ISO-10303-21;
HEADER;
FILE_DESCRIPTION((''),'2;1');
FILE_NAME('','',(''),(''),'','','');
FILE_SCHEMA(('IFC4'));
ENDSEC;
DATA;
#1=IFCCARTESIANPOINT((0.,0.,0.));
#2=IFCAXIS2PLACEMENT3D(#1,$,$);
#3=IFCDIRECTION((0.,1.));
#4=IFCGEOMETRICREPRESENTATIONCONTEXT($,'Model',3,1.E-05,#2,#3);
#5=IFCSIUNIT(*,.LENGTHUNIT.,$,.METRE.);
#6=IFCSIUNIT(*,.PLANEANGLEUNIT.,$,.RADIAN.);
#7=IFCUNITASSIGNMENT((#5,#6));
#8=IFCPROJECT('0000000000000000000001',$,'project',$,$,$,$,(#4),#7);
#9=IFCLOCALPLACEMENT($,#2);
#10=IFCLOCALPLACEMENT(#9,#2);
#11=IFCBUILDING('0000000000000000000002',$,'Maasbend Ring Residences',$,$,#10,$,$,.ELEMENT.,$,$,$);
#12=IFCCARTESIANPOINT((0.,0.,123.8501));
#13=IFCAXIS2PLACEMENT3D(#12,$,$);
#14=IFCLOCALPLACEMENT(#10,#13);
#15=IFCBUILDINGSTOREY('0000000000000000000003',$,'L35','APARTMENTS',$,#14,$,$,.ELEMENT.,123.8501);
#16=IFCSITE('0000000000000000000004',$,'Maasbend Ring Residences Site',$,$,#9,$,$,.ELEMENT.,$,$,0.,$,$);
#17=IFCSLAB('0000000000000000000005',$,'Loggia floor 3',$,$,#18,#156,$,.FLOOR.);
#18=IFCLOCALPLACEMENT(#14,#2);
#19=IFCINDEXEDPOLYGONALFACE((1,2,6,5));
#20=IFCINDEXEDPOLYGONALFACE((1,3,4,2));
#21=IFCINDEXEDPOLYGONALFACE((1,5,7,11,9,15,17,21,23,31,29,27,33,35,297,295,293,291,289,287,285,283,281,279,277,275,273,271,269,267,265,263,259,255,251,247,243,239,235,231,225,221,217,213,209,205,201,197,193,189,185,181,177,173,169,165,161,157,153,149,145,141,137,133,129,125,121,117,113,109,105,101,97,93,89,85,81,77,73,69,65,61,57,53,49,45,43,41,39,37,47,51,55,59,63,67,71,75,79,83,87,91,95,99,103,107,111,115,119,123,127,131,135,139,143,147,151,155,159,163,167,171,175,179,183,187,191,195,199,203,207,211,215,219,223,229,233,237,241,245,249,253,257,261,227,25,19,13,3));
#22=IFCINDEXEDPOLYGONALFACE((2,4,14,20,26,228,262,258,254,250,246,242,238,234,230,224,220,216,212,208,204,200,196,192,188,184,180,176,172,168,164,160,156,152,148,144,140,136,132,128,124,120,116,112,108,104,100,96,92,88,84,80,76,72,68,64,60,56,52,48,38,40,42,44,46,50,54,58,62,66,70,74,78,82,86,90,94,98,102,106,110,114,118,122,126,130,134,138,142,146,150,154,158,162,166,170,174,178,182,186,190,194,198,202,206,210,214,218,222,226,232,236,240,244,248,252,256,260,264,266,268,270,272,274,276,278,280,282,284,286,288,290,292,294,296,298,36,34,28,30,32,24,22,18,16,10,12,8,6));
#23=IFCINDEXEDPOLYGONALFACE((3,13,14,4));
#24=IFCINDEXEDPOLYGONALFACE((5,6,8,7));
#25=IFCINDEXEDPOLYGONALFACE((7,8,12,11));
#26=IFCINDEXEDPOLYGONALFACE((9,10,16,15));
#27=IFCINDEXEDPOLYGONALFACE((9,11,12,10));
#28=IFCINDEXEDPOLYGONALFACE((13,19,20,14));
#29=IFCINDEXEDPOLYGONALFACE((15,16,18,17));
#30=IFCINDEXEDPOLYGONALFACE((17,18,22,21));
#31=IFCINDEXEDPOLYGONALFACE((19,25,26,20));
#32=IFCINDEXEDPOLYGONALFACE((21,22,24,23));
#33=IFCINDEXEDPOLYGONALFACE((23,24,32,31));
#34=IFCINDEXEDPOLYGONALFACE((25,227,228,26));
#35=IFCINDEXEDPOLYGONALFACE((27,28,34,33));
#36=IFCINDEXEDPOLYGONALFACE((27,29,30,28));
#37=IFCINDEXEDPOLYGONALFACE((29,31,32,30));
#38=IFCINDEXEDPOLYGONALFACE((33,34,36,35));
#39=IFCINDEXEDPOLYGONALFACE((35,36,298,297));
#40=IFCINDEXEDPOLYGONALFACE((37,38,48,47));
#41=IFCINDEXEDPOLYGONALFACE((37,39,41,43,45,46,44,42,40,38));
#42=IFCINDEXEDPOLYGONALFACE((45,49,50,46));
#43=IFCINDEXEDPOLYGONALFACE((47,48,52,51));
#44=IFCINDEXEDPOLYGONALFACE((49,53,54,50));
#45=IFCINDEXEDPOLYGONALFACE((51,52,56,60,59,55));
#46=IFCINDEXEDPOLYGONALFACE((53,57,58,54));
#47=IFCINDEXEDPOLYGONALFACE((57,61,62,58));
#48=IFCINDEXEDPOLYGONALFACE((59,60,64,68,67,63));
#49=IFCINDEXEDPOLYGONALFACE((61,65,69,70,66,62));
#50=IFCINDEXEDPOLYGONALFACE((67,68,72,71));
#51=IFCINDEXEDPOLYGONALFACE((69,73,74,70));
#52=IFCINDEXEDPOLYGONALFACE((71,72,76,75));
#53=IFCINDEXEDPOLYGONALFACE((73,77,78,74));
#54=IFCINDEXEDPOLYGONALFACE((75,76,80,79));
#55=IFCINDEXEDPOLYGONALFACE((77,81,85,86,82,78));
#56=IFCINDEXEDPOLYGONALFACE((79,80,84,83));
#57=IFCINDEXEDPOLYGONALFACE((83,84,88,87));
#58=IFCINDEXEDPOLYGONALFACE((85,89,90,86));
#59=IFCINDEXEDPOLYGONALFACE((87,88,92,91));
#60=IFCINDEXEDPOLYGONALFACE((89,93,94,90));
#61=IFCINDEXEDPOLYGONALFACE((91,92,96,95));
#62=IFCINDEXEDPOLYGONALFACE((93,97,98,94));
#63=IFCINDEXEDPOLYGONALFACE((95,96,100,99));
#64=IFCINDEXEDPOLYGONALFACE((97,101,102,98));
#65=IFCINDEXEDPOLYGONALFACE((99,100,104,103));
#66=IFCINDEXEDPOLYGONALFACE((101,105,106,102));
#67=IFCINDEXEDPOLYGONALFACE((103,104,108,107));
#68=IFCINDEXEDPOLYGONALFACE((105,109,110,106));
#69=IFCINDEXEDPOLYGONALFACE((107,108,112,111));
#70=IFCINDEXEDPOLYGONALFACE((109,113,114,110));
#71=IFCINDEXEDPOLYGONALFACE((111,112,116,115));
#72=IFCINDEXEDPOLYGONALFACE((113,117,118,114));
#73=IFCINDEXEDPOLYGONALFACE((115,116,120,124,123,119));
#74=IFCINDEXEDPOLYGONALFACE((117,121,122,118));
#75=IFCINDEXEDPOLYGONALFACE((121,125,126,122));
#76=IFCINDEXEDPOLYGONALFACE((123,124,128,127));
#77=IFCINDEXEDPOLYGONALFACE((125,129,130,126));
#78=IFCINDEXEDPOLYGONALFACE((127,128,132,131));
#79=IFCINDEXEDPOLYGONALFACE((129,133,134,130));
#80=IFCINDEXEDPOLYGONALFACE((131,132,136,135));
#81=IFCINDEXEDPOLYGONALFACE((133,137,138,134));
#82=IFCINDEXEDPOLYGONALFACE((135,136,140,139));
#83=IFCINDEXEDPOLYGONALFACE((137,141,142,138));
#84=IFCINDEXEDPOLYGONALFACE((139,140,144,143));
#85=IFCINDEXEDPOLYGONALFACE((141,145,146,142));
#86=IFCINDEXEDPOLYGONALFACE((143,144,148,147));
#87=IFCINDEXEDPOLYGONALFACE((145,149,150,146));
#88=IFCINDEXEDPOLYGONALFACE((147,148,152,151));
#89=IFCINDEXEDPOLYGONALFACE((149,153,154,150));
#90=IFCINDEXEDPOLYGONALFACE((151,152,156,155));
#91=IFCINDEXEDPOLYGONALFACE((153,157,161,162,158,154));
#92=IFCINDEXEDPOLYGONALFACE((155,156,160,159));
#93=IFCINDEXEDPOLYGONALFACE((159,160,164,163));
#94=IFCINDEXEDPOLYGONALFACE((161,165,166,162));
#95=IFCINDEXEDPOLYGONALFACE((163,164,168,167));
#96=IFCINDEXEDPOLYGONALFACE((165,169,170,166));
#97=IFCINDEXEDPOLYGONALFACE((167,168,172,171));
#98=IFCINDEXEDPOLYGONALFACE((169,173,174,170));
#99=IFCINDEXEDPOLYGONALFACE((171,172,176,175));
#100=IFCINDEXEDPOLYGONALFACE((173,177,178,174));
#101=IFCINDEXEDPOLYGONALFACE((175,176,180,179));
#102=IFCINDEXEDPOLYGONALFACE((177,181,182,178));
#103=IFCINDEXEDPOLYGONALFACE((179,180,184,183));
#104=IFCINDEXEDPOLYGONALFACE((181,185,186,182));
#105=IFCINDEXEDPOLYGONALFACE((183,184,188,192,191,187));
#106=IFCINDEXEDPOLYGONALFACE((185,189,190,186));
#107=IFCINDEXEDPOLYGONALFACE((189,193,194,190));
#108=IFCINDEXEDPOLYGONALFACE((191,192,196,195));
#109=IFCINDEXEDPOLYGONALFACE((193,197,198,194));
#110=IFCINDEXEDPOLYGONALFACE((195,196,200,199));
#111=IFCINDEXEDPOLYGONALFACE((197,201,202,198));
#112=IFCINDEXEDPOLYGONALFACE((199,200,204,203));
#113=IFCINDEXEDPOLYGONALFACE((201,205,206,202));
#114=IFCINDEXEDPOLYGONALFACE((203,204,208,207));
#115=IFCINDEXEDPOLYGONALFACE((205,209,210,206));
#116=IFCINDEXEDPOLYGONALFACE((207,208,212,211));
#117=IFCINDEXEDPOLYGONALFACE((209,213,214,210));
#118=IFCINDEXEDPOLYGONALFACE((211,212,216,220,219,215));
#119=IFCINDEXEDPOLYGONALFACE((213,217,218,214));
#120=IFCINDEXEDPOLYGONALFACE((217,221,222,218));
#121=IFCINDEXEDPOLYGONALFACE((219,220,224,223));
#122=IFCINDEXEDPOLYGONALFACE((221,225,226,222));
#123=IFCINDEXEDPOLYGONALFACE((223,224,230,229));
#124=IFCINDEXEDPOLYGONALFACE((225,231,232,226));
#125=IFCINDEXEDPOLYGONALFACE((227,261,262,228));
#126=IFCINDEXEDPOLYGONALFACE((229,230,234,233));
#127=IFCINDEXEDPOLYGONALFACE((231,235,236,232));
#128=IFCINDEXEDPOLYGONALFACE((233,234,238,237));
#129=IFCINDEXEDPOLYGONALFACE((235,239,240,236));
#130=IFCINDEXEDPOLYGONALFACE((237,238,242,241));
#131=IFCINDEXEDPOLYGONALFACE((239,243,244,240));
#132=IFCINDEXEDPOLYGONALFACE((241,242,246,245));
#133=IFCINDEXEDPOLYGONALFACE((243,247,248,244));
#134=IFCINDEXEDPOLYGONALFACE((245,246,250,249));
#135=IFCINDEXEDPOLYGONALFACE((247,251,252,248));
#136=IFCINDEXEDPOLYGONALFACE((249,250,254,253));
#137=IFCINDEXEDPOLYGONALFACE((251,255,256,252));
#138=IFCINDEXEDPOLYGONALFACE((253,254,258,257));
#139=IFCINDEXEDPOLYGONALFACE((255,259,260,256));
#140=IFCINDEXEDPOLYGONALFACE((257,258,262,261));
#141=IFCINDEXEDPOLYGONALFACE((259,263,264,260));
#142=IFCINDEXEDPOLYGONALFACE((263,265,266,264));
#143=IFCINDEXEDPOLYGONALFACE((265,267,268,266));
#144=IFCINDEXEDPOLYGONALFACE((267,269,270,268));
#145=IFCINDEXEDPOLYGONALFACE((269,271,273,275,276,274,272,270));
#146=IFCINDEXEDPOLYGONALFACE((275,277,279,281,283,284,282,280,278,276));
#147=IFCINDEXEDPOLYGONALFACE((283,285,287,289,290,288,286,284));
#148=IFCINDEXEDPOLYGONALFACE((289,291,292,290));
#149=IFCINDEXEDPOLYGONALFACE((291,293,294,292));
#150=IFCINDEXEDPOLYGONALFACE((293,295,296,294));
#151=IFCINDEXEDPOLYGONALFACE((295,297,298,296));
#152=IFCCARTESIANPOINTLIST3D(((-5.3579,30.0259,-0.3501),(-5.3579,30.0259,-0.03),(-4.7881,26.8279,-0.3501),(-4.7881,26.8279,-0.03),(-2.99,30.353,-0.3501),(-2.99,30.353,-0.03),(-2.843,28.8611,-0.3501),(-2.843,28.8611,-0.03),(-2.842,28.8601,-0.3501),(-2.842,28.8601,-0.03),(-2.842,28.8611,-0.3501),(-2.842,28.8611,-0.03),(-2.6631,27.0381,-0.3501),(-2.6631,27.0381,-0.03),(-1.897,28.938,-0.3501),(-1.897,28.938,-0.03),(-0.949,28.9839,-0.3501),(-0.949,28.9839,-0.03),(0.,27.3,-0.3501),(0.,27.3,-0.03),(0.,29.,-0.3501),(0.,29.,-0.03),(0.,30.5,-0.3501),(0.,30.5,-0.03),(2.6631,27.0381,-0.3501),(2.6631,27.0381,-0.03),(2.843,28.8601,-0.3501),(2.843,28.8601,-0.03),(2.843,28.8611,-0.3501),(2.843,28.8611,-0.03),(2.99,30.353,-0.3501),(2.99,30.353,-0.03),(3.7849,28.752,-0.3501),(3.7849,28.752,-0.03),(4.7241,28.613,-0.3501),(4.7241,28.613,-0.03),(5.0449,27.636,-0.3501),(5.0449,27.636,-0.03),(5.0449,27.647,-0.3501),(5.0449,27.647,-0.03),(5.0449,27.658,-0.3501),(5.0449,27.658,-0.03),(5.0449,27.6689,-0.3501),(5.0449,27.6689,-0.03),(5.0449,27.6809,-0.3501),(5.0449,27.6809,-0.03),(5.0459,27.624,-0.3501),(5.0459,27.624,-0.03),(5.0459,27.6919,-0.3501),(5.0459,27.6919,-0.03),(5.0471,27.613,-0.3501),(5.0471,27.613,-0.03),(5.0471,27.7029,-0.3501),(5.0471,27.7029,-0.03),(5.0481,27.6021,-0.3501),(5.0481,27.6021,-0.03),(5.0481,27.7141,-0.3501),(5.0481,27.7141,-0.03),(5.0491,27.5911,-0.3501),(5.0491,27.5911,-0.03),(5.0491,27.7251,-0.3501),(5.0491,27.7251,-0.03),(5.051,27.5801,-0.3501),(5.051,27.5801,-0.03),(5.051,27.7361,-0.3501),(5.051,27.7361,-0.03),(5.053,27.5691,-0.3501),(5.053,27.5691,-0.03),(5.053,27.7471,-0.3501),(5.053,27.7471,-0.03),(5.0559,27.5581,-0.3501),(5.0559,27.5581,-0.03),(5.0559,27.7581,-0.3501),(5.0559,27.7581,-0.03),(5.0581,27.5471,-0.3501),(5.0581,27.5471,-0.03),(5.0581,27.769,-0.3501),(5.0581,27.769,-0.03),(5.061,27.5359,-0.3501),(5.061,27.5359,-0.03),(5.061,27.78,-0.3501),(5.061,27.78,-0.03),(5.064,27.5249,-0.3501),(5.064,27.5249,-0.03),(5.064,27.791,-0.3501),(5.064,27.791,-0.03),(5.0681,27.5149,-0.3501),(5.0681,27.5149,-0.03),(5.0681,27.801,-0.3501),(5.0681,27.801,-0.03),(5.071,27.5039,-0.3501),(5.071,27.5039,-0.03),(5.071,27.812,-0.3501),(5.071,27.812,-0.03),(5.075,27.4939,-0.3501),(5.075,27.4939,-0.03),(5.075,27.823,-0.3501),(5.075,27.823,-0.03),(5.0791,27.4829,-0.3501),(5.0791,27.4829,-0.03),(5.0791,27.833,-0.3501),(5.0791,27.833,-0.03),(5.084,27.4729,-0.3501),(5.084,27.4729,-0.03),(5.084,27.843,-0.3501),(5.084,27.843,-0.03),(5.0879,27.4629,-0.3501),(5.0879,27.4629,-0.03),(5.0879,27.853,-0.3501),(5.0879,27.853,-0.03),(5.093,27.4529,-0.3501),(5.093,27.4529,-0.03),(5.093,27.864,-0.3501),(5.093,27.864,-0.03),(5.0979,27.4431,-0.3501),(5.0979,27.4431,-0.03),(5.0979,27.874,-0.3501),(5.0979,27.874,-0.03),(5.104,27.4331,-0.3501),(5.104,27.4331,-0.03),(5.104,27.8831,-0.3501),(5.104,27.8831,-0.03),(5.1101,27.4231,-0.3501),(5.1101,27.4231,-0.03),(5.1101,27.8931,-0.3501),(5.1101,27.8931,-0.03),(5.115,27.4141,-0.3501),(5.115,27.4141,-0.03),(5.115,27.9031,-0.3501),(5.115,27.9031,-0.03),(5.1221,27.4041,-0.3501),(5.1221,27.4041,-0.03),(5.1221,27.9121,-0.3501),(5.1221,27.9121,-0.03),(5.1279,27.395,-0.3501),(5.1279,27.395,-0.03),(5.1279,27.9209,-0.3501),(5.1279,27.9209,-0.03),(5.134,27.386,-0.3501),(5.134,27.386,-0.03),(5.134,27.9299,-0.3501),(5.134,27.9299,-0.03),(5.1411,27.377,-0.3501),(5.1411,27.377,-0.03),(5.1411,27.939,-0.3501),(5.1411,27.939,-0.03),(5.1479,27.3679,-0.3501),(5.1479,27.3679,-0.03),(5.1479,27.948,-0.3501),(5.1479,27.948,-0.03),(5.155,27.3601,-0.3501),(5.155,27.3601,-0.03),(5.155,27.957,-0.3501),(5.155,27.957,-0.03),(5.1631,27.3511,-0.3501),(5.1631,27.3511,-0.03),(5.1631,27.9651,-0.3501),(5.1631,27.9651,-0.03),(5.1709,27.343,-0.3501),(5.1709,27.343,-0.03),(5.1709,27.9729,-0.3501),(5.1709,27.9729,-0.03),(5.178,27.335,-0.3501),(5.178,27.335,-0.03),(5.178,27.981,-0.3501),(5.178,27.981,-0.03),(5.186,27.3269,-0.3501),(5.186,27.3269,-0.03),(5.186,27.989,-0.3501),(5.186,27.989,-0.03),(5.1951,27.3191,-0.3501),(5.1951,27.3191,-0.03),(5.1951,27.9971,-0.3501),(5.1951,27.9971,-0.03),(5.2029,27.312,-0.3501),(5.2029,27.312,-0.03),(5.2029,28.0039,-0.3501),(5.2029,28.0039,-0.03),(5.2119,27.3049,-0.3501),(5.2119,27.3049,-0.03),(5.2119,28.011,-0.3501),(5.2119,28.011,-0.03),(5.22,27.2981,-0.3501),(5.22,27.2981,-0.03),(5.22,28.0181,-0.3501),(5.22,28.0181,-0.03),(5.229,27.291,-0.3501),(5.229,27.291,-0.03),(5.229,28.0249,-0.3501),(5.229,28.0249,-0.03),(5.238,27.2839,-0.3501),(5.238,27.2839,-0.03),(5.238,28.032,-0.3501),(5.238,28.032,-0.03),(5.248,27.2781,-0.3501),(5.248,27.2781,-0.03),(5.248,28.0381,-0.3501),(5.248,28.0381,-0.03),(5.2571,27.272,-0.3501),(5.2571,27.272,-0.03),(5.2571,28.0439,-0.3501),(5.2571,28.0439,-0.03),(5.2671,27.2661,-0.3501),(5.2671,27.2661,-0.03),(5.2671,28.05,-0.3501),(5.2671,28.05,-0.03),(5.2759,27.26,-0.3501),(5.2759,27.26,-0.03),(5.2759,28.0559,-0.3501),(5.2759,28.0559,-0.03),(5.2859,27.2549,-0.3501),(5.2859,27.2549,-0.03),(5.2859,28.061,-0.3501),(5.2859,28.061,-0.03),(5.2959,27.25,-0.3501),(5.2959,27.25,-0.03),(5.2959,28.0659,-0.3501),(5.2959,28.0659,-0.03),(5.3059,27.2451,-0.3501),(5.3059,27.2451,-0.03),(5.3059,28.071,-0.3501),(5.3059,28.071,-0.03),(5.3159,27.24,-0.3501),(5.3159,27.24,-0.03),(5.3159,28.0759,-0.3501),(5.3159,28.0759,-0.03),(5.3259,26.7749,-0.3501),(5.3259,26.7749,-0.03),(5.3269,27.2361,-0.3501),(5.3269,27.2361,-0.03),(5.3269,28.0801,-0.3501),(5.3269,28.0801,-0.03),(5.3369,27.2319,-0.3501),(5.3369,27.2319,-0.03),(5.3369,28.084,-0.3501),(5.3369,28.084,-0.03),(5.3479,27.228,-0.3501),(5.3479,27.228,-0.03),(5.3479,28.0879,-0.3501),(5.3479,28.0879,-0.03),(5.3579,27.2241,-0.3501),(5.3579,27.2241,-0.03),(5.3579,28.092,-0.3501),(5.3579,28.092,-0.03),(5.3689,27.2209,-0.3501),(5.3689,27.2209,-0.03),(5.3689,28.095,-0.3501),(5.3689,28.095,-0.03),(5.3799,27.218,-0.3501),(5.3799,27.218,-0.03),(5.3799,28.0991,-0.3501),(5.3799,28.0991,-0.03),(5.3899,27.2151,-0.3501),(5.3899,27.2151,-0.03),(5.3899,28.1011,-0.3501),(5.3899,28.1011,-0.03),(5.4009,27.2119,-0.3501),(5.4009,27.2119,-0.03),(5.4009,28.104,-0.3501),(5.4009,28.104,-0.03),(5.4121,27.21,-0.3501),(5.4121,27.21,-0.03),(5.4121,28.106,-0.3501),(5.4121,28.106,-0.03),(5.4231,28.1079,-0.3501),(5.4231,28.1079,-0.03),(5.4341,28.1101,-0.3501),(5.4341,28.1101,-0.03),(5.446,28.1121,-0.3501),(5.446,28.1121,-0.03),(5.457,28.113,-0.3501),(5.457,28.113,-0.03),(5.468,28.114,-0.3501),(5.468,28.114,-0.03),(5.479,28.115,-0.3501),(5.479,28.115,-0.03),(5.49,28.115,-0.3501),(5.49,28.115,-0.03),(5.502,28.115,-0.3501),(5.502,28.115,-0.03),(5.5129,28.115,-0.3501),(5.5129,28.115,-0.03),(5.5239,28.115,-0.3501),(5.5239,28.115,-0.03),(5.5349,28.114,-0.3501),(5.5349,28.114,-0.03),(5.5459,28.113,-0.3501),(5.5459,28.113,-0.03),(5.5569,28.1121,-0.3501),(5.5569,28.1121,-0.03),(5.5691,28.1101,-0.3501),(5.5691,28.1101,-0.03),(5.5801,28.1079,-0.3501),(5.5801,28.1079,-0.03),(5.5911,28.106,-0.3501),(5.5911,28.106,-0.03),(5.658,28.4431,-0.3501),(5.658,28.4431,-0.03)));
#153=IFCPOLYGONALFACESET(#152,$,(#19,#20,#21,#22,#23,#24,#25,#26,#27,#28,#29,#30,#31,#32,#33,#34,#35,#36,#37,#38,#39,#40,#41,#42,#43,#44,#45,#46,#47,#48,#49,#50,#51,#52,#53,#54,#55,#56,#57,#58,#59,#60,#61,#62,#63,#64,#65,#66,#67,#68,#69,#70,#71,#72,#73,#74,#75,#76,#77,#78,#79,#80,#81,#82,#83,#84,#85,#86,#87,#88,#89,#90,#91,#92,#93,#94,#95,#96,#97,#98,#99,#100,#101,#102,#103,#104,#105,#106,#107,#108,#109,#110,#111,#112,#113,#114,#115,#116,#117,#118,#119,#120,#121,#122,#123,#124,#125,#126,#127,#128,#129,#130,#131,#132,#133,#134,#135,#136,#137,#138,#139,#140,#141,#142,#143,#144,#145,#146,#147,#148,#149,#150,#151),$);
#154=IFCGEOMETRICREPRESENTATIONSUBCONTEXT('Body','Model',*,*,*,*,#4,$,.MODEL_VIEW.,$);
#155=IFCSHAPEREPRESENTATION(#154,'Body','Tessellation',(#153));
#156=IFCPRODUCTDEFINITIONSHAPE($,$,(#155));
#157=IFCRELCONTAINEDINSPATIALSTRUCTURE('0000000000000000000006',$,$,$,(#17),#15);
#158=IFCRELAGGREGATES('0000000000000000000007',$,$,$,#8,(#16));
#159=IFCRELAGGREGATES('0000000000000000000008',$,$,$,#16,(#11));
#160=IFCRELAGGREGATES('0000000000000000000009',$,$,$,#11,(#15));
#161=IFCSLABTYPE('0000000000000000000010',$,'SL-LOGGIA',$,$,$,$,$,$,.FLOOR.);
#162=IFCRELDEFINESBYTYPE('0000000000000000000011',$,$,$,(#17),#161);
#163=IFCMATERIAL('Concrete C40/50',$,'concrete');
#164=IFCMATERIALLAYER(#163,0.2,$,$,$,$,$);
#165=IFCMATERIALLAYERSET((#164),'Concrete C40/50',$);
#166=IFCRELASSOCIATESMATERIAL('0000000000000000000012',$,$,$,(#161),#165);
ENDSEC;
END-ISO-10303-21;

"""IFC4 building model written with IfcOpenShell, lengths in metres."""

from ifc_helpers import new_model, si_unit, direction, frame, origin, place, context, subcontext, project, spatial, polyline, outline, extrude, material, layer, layer_set, type_object, element, save


model = new_model("IFC4")

# Units and contexts
model_context = context("Model", 3, precision=1e-05, world=origin(), true_north=direction((0.0, 1.0)))
body_context = subcontext(model_context, "Body", "Model", "MODEL_VIEW")
ifc_project = project(units=[si_unit("LENGTHUNIT", "METRE"), si_unit("PLANEANGLEUNIT", "RADIAN")], contexts=[model_context])

# Site, building, storey
site_placement = place(None, origin())
site = spatial("IfcSite", under=ifc_project, at=site_placement, Name="Maasbend Ring Residences Site", CompositionType="ELEMENT", RefElevation=0.0)
building_placement = place(site_placement, origin())
building = spatial("IfcBuilding", under=site, at=building_placement, Name="Maasbend Ring Residences", CompositionType="ELEMENT")
storey_placement = place(building_placement, frame((0.0, 0.0, 123.8501)))
storey = spatial("IfcBuildingStorey", under=building, at=storey_placement, Name="L35", Description="APARTMENTS", CompositionType="ELEMENT", Elevation=123.8501)

# Slab
ifc_material_1 = material(Name="Concrete C40/50", Category="concrete")
ifc_layer_1 = layer(ifc_material_1, 0.2)
ifc_layer_set_1 = layer_set([ifc_layer_1], Name="Concrete C40/50")
slab_type_1 = type_object("IfcSlabType", Name="SL-LOGGIA", PredefinedType="FLOOR", material=ifc_layer_set_1)
slab_1_placement = place(storey_placement, frame((0.0, 0.0, -0.3501)))
element("IfcSlab", 1, at=slab_1_placement, inside=storey, type_object=slab_type_1, Name="Loggia floor 3", PredefinedType="FLOOR", context=body_context, shape_type="SweptSolid", body=[
    extrude(outline(polyline([(-2.843, 28.8611), (-2.843, 28.8611), (-2.843, 28.8611), (-2.843, 28.8611), (-2.842, 28.8611), (-2.842, 28.8611), (-2.842, 28.8611), (-2.842, 28.8611), (-2.842, 28.8611), (-2.842, 28.8601), (-2.842, 28.8601), (-2.842, 28.8601), (-2.842, 28.8601), (-2.842, 28.8601), (-2.842, 28.8601), (-2.842, 28.8601), (-2.842, 28.8601), (-1.897, 28.938), (-1.897, 28.938), (-0.949, 28.9839), (-0.949, 28.9839), (0.0, 29.0), (0.0, 29.0), (0.0, 29.0), (0.0, 29.0), (0.0, 29.0), (0.0, 29.0), (0.0, 29.0), (0.0, 29.0), (0.0, 29.0), (0.0, 29.0), (0.0, 29.0), (0.0, 29.0), (0.0, 29.0), (0.0, 29.0), (0.0, 29.0), (0.0, 29.0), (0.0, 29.0), (0.0, 30.5), (0.0, 30.5), (0.0, 30.5), (2.99, 30.353), (2.99, 30.353), (2.99, 30.353), (2.843, 28.8611), (2.843, 28.8611), (2.843, 28.8611), (2.843, 28.8611), (2.843, 28.8611), (2.843, 28.8611), (2.843, 28.8611), (2.843, 28.8611), (2.843, 28.8601), (2.843, 28.8601), (2.843, 28.8601), (2.843, 28.8601), (2.843, 28.8601), (2.843, 28.8601), (2.843, 28.8601), (2.843, 28.8601), (2.843, 28.8601), (3.7849, 28.752), (3.7849, 28.752), (4.7241, 28.613), (4.7241, 28.613), (5.658, 28.4431), (5.658, 28.4431), (5.658, 28.4431), (5.5911, 28.106), (5.5911, 28.106), (5.5801, 28.1079), (5.5691, 28.1101), (5.5569, 28.1121), (5.5459, 28.113), (5.5349, 28.114), (5.5239, 28.115), (5.5129, 28.115), (5.502, 28.115), (5.49, 28.115), (5.479, 28.115), (5.468, 28.114), (5.457, 28.113), (5.446, 28.1121), (5.4341, 28.1101), (5.4231, 28.1079), (5.4121, 28.106), (5.4009, 28.104), (5.3899, 28.1011), (5.3799, 28.0991), (5.3689, 28.095), (5.3579, 28.092), (5.3479, 28.0879), (5.3369, 28.084), (5.3269, 28.0801), (5.3159, 28.0759), (5.3059, 28.071), (5.2959, 28.0659), (5.2859, 28.061), (5.2759, 28.0559), (5.2671, 28.05), (5.2571, 28.0439), (5.248, 28.0381), (5.238, 28.032), (5.229, 28.0249), (5.22, 28.0181), (5.2119, 28.011), (5.2029, 28.0039), (5.1951, 27.9971), (5.186, 27.989), (5.178, 27.981), (5.1709, 27.9729), (5.1631, 27.9651), (5.155, 27.957), (5.1479, 27.948), (5.1411, 27.939), (5.134, 27.9299), (5.1279, 27.9209), (5.1221, 27.9121), (5.115, 27.9031), (5.1101, 27.8931), (5.104, 27.8831), (5.0979, 27.874), (5.093, 27.864), (5.0879, 27.853), (5.084, 27.843), (5.0791, 27.833), (5.075, 27.823), (5.071, 27.812), (5.0681, 27.801), (5.064, 27.791), (5.061, 27.78), (5.0581, 27.769), (5.0559, 27.7581), (5.053, 27.7471), (5.051, 27.7361), (5.0491, 27.7251), (5.0481, 27.7141), (5.0471, 27.7029), (5.0459, 27.6919), (5.0449, 27.6809), (5.0449, 27.6689), (5.0449, 27.658), (5.0449, 27.647), (5.0449, 27.636), (5.0459, 27.624), (5.0471, 27.613), (5.0481, 27.6021), (5.0491, 27.5911), (5.051, 27.5801), (5.053, 27.5691), (5.0559, 27.5581), (5.0581, 27.5471), (5.061, 27.5359), (5.064, 27.5249), (5.0681, 27.5149), (5.071, 27.5039), (5.075, 27.4939), (5.0791, 27.4829), (5.084, 27.4729), (5.0879, 27.4629), (5.093, 27.4529), (5.0979, 27.4431), (5.104, 27.4331), (5.1101, 27.4231), (5.115, 27.4141), (5.1221, 27.4041), (5.1279, 27.395), (5.134, 27.386), (5.1411, 27.377), (5.1479, 27.3679), (5.155, 27.3601), (5.1631, 27.3511), (5.1709, 27.343), (5.178, 27.335), (5.186, 27.3269), (5.1951, 27.3191), (5.2029, 27.312), (5.2119, 27.3049), (5.22, 27.2981), (5.229, 27.291), (5.238, 27.2839), (5.248, 27.2781), (5.2571, 27.272), (5.2671, 27.2661), (5.2759, 27.26), (5.2859, 27.2549), (5.2959, 27.25), (5.3059, 27.2451), (5.3159, 27.24), (5.3269, 27.2361), (5.3369, 27.2319), (5.3479, 27.228), (5.3579, 27.2241), (5.3689, 27.2209), (5.3799, 27.218), (5.3899, 27.2151), (5.4009, 27.2119), (5.4121, 27.21), (5.4121, 27.21), (5.3259, 26.7749), (5.3259, 26.7749), (5.3259, 26.7749), (2.6631, 27.0381), (0.0, 27.3), (0.0, 27.3), (0.0, 27.3), (-2.6631, 27.0381), (-4.7881, 26.8279), (-4.7881, 26.8279), (-4.7881, 26.8279), (-5.3579, 30.0259), (-5.3579, 30.0259), (-5.3579, 30.0259), (-2.99, 30.353), (-2.99, 30.353), (-2.99, 30.353), (-2.843, 28.8611)])), origin(), (0.0, 0.0, 1.0), 0.3201),
])

save(model, "model.ifc")
